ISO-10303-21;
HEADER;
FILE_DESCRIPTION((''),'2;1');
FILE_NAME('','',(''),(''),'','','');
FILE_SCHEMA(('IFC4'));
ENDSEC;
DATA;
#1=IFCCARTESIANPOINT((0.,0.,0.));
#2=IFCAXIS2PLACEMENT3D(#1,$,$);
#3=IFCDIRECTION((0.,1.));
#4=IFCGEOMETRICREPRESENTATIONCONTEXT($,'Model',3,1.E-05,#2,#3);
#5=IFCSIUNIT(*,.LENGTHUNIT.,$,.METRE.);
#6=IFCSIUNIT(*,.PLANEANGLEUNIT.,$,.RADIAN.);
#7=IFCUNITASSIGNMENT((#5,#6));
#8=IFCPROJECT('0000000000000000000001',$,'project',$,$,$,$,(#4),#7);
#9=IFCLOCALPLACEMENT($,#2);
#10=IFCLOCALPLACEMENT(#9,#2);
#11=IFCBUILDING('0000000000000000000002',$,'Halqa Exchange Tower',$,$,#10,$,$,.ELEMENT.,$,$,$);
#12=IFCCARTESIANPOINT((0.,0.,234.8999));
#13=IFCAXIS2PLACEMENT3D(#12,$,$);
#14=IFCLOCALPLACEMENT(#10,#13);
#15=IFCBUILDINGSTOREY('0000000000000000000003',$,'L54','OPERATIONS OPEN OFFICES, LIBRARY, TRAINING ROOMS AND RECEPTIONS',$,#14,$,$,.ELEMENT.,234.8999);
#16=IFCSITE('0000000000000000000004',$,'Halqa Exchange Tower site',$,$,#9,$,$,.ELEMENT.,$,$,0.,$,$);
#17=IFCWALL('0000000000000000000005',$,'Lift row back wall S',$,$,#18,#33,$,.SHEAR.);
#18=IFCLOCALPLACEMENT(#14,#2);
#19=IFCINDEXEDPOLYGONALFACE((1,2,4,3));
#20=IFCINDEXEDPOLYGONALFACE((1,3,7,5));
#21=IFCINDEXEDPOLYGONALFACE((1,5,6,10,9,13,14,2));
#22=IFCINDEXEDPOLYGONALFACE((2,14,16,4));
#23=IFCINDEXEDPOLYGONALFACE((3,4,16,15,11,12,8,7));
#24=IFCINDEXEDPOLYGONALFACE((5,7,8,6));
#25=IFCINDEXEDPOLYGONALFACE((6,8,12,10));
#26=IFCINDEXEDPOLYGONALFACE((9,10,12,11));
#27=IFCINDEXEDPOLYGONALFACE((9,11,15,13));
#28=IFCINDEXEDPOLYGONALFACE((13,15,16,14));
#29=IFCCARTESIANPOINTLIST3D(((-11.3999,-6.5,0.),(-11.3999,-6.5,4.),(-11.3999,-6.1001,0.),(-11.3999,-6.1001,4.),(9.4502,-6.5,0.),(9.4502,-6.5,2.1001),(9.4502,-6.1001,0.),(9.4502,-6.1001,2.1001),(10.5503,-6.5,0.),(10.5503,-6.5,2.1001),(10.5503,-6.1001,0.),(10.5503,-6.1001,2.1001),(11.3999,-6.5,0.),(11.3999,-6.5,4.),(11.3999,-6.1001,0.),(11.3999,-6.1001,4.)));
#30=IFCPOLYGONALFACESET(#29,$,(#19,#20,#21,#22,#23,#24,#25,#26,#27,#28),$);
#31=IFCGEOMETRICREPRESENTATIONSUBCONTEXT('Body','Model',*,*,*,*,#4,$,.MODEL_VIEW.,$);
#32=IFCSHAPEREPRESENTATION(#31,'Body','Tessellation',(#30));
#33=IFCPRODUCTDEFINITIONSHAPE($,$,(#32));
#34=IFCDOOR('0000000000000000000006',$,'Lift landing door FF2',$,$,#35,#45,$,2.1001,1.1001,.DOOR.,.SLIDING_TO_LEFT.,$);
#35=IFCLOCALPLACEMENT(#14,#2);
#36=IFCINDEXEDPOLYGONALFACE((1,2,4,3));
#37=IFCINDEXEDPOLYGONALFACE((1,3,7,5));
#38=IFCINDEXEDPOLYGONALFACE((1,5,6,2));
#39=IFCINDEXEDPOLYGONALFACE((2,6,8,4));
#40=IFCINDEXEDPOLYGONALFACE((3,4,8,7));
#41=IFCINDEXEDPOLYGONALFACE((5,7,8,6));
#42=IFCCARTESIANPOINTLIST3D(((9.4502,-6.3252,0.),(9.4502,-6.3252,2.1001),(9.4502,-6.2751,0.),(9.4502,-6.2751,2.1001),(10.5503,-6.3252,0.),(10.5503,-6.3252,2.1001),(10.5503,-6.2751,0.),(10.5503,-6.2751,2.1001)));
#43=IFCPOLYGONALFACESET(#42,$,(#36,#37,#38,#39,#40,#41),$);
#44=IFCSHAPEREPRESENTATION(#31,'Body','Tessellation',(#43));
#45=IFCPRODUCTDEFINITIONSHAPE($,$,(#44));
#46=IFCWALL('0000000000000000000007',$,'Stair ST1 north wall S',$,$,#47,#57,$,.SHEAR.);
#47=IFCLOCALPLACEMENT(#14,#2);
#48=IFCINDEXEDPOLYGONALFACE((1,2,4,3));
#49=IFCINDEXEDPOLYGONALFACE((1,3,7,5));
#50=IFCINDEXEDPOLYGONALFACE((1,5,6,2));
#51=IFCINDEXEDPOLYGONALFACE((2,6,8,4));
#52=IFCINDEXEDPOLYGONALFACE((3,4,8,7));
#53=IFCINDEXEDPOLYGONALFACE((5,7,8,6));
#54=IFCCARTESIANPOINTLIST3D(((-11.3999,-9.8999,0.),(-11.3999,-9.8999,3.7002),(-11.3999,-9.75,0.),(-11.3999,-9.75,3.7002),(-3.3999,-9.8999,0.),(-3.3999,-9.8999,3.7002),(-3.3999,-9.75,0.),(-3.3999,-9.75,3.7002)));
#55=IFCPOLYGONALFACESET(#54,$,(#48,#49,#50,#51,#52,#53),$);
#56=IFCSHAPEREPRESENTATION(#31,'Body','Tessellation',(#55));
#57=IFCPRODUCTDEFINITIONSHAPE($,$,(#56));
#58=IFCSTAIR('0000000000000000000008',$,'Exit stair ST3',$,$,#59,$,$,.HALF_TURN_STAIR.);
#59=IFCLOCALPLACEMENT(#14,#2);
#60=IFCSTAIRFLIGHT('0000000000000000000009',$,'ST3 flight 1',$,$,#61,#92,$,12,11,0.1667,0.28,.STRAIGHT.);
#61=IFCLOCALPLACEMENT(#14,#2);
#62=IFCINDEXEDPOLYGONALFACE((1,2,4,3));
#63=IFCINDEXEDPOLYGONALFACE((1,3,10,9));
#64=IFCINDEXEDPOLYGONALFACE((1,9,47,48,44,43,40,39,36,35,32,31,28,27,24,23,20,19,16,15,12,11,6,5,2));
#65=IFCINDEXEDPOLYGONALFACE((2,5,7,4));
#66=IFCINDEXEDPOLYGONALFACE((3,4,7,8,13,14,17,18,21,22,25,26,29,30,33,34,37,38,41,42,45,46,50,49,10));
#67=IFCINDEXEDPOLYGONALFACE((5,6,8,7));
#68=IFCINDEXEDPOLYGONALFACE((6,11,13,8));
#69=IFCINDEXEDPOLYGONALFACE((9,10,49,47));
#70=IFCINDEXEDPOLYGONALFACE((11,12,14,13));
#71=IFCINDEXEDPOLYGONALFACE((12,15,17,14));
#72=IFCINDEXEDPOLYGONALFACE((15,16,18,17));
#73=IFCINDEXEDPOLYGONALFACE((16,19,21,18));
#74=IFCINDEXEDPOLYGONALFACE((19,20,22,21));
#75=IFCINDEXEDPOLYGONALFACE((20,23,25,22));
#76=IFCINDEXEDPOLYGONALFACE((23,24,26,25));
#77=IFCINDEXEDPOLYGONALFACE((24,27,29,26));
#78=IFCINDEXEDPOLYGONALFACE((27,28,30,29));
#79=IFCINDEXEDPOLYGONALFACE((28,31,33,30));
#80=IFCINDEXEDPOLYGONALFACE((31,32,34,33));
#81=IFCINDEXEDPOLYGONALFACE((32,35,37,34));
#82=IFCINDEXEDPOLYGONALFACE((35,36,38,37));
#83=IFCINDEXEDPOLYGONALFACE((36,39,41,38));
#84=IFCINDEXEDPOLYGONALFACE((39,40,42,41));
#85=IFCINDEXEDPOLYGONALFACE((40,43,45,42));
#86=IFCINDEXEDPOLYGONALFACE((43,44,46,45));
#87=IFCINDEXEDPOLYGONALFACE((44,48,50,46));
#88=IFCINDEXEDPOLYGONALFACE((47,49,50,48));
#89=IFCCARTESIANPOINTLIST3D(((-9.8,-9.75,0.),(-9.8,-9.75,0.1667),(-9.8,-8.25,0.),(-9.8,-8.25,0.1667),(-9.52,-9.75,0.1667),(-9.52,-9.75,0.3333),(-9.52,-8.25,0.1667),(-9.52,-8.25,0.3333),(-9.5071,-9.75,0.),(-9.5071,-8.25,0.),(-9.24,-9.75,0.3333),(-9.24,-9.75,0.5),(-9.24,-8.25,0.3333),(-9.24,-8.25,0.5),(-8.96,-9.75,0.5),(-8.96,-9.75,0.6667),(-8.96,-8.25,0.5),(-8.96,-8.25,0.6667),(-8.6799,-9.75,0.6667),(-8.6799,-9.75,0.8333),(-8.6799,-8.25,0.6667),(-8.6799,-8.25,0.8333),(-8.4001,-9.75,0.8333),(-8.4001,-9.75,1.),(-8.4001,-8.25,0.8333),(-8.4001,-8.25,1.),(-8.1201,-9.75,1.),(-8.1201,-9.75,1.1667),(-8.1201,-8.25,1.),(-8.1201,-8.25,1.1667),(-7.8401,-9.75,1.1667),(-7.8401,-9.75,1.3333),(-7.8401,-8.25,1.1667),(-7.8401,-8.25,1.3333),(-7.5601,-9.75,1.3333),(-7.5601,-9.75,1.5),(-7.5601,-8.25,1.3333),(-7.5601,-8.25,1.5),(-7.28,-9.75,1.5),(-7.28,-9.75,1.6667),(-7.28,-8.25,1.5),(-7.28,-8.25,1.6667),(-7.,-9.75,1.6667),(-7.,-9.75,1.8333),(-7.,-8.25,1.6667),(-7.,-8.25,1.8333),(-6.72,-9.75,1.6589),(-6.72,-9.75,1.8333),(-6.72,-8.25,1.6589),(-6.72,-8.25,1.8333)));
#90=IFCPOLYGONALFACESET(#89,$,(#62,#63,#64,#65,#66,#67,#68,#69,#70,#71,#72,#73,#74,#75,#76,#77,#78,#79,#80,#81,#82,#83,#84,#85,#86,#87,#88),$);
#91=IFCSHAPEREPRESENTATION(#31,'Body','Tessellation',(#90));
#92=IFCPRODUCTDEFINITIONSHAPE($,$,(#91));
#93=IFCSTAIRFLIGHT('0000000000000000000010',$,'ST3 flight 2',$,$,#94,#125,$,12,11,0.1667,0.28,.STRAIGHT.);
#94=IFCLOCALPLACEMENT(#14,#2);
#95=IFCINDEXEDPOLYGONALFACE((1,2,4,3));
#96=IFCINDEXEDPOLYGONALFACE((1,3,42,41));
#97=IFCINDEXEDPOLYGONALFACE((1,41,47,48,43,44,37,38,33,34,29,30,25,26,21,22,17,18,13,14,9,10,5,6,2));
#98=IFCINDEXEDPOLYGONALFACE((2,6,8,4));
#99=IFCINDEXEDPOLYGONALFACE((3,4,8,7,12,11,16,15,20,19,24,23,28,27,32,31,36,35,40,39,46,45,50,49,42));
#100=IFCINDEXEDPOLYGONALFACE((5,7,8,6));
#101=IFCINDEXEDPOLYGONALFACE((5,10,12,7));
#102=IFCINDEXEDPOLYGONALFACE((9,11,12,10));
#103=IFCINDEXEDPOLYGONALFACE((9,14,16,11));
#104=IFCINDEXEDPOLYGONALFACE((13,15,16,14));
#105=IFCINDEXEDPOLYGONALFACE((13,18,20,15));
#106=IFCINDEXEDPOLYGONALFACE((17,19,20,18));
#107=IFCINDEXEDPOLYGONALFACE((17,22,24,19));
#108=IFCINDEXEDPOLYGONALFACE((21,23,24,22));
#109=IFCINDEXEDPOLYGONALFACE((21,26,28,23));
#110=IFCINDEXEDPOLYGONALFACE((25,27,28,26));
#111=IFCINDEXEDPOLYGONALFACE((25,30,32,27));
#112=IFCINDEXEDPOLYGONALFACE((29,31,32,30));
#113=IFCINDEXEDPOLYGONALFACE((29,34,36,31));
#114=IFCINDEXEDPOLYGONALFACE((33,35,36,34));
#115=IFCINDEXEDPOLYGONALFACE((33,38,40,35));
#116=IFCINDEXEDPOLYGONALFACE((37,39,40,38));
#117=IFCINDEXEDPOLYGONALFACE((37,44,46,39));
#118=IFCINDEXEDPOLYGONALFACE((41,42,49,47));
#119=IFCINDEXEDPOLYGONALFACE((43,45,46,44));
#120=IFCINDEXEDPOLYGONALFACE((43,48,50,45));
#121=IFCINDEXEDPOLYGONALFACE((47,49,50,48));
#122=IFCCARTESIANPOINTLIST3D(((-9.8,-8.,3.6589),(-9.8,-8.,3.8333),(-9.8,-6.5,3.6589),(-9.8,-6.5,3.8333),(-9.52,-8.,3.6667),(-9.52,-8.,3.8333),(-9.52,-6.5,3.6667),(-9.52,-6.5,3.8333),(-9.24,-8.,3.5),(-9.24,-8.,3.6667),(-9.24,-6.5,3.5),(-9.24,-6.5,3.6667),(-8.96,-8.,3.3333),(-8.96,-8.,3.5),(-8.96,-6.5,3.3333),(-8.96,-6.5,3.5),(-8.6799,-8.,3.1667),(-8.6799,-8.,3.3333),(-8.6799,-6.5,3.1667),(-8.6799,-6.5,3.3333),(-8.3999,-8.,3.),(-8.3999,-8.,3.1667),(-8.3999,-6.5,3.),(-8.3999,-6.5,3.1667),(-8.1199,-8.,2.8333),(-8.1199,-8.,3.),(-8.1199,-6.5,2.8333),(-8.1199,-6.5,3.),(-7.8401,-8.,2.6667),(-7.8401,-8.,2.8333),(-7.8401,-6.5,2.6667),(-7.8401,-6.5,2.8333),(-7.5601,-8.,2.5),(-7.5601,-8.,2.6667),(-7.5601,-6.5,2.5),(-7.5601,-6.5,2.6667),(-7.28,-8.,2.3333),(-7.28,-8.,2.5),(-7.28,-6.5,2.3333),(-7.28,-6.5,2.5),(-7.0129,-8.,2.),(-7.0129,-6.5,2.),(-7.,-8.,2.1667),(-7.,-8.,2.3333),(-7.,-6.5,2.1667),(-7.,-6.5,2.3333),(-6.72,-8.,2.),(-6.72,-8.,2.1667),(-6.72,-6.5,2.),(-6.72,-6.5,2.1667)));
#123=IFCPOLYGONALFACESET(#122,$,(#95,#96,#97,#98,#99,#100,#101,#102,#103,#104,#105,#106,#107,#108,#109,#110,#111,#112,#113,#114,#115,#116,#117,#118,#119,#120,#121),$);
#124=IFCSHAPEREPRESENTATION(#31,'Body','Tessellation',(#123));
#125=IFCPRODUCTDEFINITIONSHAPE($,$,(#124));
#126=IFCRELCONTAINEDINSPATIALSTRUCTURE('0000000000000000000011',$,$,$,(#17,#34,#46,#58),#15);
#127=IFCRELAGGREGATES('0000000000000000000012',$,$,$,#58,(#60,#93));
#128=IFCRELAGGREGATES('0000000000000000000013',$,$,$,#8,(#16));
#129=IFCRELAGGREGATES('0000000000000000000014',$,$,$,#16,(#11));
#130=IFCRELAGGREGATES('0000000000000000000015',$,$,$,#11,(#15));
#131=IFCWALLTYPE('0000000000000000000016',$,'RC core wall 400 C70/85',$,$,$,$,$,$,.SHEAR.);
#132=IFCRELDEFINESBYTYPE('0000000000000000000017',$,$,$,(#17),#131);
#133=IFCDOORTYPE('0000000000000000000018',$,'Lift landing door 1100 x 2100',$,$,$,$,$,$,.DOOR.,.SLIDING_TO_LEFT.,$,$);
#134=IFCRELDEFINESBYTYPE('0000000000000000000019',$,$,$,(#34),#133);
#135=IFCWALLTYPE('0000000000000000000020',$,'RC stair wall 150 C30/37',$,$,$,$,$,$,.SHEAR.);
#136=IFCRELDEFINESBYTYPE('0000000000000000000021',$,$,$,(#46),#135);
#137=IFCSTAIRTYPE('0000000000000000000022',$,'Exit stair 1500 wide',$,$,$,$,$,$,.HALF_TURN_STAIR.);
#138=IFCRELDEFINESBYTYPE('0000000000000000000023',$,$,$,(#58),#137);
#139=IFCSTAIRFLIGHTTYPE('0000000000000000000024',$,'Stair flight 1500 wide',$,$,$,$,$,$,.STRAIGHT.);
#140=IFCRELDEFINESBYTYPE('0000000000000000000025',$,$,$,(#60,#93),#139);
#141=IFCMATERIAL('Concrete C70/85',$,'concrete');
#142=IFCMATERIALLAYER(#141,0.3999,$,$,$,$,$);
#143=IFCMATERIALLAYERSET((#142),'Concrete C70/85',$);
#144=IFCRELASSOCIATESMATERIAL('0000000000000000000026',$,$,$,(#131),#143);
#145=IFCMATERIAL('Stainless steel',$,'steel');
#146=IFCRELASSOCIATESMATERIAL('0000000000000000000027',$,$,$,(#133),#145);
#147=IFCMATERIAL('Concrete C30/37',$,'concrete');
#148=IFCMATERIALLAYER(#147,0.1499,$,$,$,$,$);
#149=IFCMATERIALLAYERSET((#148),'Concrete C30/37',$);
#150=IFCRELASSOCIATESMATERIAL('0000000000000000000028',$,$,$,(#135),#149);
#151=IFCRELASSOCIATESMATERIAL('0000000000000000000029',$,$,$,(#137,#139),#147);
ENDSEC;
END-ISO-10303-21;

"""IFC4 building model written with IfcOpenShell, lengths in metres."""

from ifc_helpers import new_model, si_unit, direction, frame, frame_2d, origin, place, context, subcontext, project, spatial, polyline, rectangle, outline, extrude, material, layer, layer_set, type_object, element, fill, aggregate, save


model = new_model("IFC4")

# Units and contexts
model_context = context("Model", 3, precision=1e-05, world=origin(), true_north=direction((0.0, 1.0)))
body_context = subcontext(model_context, "Body", "Model", "MODEL_VIEW")
ifc_project = project(units=[si_unit("LENGTHUNIT", "METRE"), si_unit("PLANEANGLEUNIT", "RADIAN")], contexts=[model_context])

# Site, building, storey
site_placement = place(None, origin())
site = spatial("IfcSite", under=ifc_project, at=site_placement, Name="Halqa Exchange Tower site", CompositionType="ELEMENT", RefElevation=0.0)
building_placement = place(site_placement, origin())
building = spatial("IfcBuilding", under=site, at=building_placement, Name="Halqa Exchange Tower", CompositionType="ELEMENT")
storey_placement = place(building_placement, frame((0.0, 0.0, 234.8999)))
storey = spatial("IfcBuildingStorey", under=building, at=storey_placement, Name="L54", Description="OPERATIONS OPEN OFFICES, LIBRARY, TRAINING ROOMS AND RECEPTIONS", CompositionType="ELEMENT", Elevation=234.8999)

# Shared definitions
ifc_material_1 = material(Name="Concrete C70/85", Category="concrete")
ifc_layer_1 = layer(ifc_material_1, 0.3999)
ifc_layer_set_1 = layer_set([ifc_layer_1], Name="Concrete C70/85")
wall_type_1 = type_object("IfcWallType", Name="RC core wall 400 C70/85", PredefinedType="SHEAR", material=ifc_layer_set_1)
ifc_material_2 = material(Name="Stainless steel", Category="steel")
door_type_1 = type_object("IfcDoorType", Name="Lift landing door 1100 x 2100", OperationType="SLIDING_TO_LEFT", PredefinedType="DOOR", material=ifc_material_2)

# Wall, opening, door
wall_1_placement = place(storey_placement, frame((-11.3999, -6.3, 0.0), z_axis=(0.0, 0.0, 1.0), x_axis=(1.0, 0.0, 0.0)))
wall_1 = element("IfcWall", 1, at=wall_1_placement, inside=storey, type_object=wall_type_1, Name="Lift row back wall S", PredefinedType="SHEAR", context=body_context, shape_type="SweptSolid", body=[
    extrude(rectangle(XDim=22.7998, YDim=0.3999, at=frame_2d((11.3999, 0.0))), origin(), (0.0, 0.0, 1.0), 4.0),
])
opening_1_placement = place(wall_1_placement, frame((20.8501, 0.0, 0.0)))
opening_1 = element("IfcOpeningElement", 2, at=opening_1_placement, cuts=wall_1, PredefinedType="OPENING", context=body_context, shape_type="SweptSolid", body=[
    extrude(rectangle(XDim=1.1001, YDim=2.1001, at=frame_2d((0.55, 1.05))), frame((0.0, 0.2119, 0.0), z_axis=(0.0, -1.0, 0.0), x_axis=(1.0, 0.0, 0.0)), (0.0, 0.0, 1.0), 0.4238),
])
door_1_placement = place(opening_1_placement, origin())
door_1 = element("IfcDoor", 3, at=door_1_placement, inside=storey, type_object=door_type_1, Name="Lift landing door FF2", OperationType="SLIDING_TO_LEFT", OverallHeight=2.1001, OverallWidth=1.1001, PredefinedType="DOOR", context=body_context, shape_type="SweptSolid", body=[
    extrude(rectangle(XDim=1.1001, YDim=2.1001, at=frame_2d((0.55, 1.05))), frame((0.0, 0.0249, 0.0), z_axis=(0.0, -1.0, 0.0), x_axis=(1.0, 0.0, 0.0)), (0.0, 0.0, 1.0), 0.05),
])
fill(opening_1, door_1)

# Wall
ifc_material_3 = material(Name="Concrete C30/37", Category="concrete")
ifc_layer_2 = layer(ifc_material_3, 0.1499)
ifc_layer_set_2 = layer_set([ifc_layer_2], Name="Concrete C30/37")
wall_type_2 = type_object("IfcWallType", Name="RC stair wall 150 C30/37", PredefinedType="SHEAR", material=ifc_layer_set_2)
wall_2_placement = place(storey_placement, frame((-11.3999, -9.825, 0.0), z_axis=(0.0, 0.0, 1.0), x_axis=(1.0, 0.0, 0.0)))
element("IfcWall", 4, at=wall_2_placement, inside=storey, type_object=wall_type_2, Name="Stair ST1 north wall S", PredefinedType="SHEAR", context=body_context, shape_type="SweptSolid", body=[
    extrude(rectangle(XDim=8.0, YDim=0.1499, at=frame_2d((4.0, 0.0))), origin(), (0.0, 0.0, 1.0), 3.7002),
])

# Stair, stair flights
stair_type = type_object("IfcStairType", Name="Exit stair 1500 wide", PredefinedType="HALF_TURN_STAIR", material=ifc_material_3)
stair_placement = place(storey_placement, origin())
stair = element("IfcStair", 5, at=stair_placement, inside=storey, type_object=stair_type, Name="Exit stair ST3", PredefinedType="HALF_TURN_STAIR")
stair_flight_type = type_object("IfcStairFlightType", Name="Stair flight 1500 wide", PredefinedType="STRAIGHT", material=ifc_material_3)
stair_flight_1_placement = place(storey_placement, frame((-9.8, -9.0, 0.0), z_axis=(0.0, 0.0, 1.0), x_axis=(1.0, 0.0, 0.0)))
stair_flight_1 = element("IfcStairFlight", 6, at=stair_flight_1_placement, type_object=stair_flight_type, Name="ST3 flight 1", NumberOfRisers=12, NumberOfTreads=11, PredefinedType="STRAIGHT", RiserHeight=0.1667, TreadLength=0.28, context=body_context, shape_type="SweptSolid", body=[
    extrude(outline(polyline([(0.0, 0.0), (0.0, 0.1667), (0.28, 0.1667), (0.28, 0.3333), (0.5601, 0.3333), (0.5601, 0.5), (0.8401, 0.5), (0.8401, 0.6667), (1.1201, 0.6667), (1.1201, 0.8333), (1.3999, 0.8333), (1.3999, 1.0), (1.6799, 1.0), (1.6799, 1.1667), (1.96, 1.1667), (1.96, 1.3333), (2.24, 1.3333), (2.24, 1.5), (2.52, 1.5), (2.52, 1.6667), (2.8, 1.6667), (2.8, 1.8333), (3.0801, 1.8333), (3.0801, 2.0), (3.0801, 1.6589), (0.293, 0.0), (0.0, 0.0)])), frame((0.0, 0.75, 0.0), z_axis=(0.0, -1.0, 0.0), x_axis=(1.0, 0.0, 0.0)), (0.0, 0.0, 1.0), 1.5),
])
stair_flight_2_placement = place(storey_placement, frame((-6.72, -7.25, 2.0), z_axis=(0.0, 0.0, 1.0), x_axis=(-1.0, 0.0, 0.0)))
stair_flight_2 = element("IfcStairFlight", 7, at=stair_flight_2_placement, type_object=stair_flight_type, Name="ST3 flight 2", NumberOfRisers=12, NumberOfTreads=11, PredefinedType="STRAIGHT", RiserHeight=0.1667, TreadLength=0.28, context=body_context, shape_type="SweptSolid", body=[
    extrude(outline(polyline([(0.0, 0.0), (0.0, 0.1667), (0.28, 0.1667), (0.28, 0.3333), (0.5601, 0.3333), (0.5601, 0.5), (0.8401, 0.5), (0.8401, 0.6667), (1.1201, 0.6667), (1.1201, 0.8333), (1.3999, 0.8333), (1.3999, 1.0), (1.6799, 1.0), (1.6799, 1.1667), (1.96, 1.1667), (1.96, 1.3333), (2.24, 1.3333), (2.24, 1.5), (2.52, 1.5), (2.52, 1.6667), (2.8, 1.6667), (2.8, 1.8333), (3.0801, 1.8333), (3.0801, 2.0), (3.0801, 1.6589), (0.293, 0.0), (0.0, 0.0)])), frame((0.0, 0.75, 0.0), z_axis=(0.0, -1.0, 0.0), x_axis=(1.0, 0.0, 0.0)), (0.0, 0.0, 1.0), 1.5),
])
aggregate(stair, [stair_flight_1, stair_flight_2])

save(model, "model.ifc")
